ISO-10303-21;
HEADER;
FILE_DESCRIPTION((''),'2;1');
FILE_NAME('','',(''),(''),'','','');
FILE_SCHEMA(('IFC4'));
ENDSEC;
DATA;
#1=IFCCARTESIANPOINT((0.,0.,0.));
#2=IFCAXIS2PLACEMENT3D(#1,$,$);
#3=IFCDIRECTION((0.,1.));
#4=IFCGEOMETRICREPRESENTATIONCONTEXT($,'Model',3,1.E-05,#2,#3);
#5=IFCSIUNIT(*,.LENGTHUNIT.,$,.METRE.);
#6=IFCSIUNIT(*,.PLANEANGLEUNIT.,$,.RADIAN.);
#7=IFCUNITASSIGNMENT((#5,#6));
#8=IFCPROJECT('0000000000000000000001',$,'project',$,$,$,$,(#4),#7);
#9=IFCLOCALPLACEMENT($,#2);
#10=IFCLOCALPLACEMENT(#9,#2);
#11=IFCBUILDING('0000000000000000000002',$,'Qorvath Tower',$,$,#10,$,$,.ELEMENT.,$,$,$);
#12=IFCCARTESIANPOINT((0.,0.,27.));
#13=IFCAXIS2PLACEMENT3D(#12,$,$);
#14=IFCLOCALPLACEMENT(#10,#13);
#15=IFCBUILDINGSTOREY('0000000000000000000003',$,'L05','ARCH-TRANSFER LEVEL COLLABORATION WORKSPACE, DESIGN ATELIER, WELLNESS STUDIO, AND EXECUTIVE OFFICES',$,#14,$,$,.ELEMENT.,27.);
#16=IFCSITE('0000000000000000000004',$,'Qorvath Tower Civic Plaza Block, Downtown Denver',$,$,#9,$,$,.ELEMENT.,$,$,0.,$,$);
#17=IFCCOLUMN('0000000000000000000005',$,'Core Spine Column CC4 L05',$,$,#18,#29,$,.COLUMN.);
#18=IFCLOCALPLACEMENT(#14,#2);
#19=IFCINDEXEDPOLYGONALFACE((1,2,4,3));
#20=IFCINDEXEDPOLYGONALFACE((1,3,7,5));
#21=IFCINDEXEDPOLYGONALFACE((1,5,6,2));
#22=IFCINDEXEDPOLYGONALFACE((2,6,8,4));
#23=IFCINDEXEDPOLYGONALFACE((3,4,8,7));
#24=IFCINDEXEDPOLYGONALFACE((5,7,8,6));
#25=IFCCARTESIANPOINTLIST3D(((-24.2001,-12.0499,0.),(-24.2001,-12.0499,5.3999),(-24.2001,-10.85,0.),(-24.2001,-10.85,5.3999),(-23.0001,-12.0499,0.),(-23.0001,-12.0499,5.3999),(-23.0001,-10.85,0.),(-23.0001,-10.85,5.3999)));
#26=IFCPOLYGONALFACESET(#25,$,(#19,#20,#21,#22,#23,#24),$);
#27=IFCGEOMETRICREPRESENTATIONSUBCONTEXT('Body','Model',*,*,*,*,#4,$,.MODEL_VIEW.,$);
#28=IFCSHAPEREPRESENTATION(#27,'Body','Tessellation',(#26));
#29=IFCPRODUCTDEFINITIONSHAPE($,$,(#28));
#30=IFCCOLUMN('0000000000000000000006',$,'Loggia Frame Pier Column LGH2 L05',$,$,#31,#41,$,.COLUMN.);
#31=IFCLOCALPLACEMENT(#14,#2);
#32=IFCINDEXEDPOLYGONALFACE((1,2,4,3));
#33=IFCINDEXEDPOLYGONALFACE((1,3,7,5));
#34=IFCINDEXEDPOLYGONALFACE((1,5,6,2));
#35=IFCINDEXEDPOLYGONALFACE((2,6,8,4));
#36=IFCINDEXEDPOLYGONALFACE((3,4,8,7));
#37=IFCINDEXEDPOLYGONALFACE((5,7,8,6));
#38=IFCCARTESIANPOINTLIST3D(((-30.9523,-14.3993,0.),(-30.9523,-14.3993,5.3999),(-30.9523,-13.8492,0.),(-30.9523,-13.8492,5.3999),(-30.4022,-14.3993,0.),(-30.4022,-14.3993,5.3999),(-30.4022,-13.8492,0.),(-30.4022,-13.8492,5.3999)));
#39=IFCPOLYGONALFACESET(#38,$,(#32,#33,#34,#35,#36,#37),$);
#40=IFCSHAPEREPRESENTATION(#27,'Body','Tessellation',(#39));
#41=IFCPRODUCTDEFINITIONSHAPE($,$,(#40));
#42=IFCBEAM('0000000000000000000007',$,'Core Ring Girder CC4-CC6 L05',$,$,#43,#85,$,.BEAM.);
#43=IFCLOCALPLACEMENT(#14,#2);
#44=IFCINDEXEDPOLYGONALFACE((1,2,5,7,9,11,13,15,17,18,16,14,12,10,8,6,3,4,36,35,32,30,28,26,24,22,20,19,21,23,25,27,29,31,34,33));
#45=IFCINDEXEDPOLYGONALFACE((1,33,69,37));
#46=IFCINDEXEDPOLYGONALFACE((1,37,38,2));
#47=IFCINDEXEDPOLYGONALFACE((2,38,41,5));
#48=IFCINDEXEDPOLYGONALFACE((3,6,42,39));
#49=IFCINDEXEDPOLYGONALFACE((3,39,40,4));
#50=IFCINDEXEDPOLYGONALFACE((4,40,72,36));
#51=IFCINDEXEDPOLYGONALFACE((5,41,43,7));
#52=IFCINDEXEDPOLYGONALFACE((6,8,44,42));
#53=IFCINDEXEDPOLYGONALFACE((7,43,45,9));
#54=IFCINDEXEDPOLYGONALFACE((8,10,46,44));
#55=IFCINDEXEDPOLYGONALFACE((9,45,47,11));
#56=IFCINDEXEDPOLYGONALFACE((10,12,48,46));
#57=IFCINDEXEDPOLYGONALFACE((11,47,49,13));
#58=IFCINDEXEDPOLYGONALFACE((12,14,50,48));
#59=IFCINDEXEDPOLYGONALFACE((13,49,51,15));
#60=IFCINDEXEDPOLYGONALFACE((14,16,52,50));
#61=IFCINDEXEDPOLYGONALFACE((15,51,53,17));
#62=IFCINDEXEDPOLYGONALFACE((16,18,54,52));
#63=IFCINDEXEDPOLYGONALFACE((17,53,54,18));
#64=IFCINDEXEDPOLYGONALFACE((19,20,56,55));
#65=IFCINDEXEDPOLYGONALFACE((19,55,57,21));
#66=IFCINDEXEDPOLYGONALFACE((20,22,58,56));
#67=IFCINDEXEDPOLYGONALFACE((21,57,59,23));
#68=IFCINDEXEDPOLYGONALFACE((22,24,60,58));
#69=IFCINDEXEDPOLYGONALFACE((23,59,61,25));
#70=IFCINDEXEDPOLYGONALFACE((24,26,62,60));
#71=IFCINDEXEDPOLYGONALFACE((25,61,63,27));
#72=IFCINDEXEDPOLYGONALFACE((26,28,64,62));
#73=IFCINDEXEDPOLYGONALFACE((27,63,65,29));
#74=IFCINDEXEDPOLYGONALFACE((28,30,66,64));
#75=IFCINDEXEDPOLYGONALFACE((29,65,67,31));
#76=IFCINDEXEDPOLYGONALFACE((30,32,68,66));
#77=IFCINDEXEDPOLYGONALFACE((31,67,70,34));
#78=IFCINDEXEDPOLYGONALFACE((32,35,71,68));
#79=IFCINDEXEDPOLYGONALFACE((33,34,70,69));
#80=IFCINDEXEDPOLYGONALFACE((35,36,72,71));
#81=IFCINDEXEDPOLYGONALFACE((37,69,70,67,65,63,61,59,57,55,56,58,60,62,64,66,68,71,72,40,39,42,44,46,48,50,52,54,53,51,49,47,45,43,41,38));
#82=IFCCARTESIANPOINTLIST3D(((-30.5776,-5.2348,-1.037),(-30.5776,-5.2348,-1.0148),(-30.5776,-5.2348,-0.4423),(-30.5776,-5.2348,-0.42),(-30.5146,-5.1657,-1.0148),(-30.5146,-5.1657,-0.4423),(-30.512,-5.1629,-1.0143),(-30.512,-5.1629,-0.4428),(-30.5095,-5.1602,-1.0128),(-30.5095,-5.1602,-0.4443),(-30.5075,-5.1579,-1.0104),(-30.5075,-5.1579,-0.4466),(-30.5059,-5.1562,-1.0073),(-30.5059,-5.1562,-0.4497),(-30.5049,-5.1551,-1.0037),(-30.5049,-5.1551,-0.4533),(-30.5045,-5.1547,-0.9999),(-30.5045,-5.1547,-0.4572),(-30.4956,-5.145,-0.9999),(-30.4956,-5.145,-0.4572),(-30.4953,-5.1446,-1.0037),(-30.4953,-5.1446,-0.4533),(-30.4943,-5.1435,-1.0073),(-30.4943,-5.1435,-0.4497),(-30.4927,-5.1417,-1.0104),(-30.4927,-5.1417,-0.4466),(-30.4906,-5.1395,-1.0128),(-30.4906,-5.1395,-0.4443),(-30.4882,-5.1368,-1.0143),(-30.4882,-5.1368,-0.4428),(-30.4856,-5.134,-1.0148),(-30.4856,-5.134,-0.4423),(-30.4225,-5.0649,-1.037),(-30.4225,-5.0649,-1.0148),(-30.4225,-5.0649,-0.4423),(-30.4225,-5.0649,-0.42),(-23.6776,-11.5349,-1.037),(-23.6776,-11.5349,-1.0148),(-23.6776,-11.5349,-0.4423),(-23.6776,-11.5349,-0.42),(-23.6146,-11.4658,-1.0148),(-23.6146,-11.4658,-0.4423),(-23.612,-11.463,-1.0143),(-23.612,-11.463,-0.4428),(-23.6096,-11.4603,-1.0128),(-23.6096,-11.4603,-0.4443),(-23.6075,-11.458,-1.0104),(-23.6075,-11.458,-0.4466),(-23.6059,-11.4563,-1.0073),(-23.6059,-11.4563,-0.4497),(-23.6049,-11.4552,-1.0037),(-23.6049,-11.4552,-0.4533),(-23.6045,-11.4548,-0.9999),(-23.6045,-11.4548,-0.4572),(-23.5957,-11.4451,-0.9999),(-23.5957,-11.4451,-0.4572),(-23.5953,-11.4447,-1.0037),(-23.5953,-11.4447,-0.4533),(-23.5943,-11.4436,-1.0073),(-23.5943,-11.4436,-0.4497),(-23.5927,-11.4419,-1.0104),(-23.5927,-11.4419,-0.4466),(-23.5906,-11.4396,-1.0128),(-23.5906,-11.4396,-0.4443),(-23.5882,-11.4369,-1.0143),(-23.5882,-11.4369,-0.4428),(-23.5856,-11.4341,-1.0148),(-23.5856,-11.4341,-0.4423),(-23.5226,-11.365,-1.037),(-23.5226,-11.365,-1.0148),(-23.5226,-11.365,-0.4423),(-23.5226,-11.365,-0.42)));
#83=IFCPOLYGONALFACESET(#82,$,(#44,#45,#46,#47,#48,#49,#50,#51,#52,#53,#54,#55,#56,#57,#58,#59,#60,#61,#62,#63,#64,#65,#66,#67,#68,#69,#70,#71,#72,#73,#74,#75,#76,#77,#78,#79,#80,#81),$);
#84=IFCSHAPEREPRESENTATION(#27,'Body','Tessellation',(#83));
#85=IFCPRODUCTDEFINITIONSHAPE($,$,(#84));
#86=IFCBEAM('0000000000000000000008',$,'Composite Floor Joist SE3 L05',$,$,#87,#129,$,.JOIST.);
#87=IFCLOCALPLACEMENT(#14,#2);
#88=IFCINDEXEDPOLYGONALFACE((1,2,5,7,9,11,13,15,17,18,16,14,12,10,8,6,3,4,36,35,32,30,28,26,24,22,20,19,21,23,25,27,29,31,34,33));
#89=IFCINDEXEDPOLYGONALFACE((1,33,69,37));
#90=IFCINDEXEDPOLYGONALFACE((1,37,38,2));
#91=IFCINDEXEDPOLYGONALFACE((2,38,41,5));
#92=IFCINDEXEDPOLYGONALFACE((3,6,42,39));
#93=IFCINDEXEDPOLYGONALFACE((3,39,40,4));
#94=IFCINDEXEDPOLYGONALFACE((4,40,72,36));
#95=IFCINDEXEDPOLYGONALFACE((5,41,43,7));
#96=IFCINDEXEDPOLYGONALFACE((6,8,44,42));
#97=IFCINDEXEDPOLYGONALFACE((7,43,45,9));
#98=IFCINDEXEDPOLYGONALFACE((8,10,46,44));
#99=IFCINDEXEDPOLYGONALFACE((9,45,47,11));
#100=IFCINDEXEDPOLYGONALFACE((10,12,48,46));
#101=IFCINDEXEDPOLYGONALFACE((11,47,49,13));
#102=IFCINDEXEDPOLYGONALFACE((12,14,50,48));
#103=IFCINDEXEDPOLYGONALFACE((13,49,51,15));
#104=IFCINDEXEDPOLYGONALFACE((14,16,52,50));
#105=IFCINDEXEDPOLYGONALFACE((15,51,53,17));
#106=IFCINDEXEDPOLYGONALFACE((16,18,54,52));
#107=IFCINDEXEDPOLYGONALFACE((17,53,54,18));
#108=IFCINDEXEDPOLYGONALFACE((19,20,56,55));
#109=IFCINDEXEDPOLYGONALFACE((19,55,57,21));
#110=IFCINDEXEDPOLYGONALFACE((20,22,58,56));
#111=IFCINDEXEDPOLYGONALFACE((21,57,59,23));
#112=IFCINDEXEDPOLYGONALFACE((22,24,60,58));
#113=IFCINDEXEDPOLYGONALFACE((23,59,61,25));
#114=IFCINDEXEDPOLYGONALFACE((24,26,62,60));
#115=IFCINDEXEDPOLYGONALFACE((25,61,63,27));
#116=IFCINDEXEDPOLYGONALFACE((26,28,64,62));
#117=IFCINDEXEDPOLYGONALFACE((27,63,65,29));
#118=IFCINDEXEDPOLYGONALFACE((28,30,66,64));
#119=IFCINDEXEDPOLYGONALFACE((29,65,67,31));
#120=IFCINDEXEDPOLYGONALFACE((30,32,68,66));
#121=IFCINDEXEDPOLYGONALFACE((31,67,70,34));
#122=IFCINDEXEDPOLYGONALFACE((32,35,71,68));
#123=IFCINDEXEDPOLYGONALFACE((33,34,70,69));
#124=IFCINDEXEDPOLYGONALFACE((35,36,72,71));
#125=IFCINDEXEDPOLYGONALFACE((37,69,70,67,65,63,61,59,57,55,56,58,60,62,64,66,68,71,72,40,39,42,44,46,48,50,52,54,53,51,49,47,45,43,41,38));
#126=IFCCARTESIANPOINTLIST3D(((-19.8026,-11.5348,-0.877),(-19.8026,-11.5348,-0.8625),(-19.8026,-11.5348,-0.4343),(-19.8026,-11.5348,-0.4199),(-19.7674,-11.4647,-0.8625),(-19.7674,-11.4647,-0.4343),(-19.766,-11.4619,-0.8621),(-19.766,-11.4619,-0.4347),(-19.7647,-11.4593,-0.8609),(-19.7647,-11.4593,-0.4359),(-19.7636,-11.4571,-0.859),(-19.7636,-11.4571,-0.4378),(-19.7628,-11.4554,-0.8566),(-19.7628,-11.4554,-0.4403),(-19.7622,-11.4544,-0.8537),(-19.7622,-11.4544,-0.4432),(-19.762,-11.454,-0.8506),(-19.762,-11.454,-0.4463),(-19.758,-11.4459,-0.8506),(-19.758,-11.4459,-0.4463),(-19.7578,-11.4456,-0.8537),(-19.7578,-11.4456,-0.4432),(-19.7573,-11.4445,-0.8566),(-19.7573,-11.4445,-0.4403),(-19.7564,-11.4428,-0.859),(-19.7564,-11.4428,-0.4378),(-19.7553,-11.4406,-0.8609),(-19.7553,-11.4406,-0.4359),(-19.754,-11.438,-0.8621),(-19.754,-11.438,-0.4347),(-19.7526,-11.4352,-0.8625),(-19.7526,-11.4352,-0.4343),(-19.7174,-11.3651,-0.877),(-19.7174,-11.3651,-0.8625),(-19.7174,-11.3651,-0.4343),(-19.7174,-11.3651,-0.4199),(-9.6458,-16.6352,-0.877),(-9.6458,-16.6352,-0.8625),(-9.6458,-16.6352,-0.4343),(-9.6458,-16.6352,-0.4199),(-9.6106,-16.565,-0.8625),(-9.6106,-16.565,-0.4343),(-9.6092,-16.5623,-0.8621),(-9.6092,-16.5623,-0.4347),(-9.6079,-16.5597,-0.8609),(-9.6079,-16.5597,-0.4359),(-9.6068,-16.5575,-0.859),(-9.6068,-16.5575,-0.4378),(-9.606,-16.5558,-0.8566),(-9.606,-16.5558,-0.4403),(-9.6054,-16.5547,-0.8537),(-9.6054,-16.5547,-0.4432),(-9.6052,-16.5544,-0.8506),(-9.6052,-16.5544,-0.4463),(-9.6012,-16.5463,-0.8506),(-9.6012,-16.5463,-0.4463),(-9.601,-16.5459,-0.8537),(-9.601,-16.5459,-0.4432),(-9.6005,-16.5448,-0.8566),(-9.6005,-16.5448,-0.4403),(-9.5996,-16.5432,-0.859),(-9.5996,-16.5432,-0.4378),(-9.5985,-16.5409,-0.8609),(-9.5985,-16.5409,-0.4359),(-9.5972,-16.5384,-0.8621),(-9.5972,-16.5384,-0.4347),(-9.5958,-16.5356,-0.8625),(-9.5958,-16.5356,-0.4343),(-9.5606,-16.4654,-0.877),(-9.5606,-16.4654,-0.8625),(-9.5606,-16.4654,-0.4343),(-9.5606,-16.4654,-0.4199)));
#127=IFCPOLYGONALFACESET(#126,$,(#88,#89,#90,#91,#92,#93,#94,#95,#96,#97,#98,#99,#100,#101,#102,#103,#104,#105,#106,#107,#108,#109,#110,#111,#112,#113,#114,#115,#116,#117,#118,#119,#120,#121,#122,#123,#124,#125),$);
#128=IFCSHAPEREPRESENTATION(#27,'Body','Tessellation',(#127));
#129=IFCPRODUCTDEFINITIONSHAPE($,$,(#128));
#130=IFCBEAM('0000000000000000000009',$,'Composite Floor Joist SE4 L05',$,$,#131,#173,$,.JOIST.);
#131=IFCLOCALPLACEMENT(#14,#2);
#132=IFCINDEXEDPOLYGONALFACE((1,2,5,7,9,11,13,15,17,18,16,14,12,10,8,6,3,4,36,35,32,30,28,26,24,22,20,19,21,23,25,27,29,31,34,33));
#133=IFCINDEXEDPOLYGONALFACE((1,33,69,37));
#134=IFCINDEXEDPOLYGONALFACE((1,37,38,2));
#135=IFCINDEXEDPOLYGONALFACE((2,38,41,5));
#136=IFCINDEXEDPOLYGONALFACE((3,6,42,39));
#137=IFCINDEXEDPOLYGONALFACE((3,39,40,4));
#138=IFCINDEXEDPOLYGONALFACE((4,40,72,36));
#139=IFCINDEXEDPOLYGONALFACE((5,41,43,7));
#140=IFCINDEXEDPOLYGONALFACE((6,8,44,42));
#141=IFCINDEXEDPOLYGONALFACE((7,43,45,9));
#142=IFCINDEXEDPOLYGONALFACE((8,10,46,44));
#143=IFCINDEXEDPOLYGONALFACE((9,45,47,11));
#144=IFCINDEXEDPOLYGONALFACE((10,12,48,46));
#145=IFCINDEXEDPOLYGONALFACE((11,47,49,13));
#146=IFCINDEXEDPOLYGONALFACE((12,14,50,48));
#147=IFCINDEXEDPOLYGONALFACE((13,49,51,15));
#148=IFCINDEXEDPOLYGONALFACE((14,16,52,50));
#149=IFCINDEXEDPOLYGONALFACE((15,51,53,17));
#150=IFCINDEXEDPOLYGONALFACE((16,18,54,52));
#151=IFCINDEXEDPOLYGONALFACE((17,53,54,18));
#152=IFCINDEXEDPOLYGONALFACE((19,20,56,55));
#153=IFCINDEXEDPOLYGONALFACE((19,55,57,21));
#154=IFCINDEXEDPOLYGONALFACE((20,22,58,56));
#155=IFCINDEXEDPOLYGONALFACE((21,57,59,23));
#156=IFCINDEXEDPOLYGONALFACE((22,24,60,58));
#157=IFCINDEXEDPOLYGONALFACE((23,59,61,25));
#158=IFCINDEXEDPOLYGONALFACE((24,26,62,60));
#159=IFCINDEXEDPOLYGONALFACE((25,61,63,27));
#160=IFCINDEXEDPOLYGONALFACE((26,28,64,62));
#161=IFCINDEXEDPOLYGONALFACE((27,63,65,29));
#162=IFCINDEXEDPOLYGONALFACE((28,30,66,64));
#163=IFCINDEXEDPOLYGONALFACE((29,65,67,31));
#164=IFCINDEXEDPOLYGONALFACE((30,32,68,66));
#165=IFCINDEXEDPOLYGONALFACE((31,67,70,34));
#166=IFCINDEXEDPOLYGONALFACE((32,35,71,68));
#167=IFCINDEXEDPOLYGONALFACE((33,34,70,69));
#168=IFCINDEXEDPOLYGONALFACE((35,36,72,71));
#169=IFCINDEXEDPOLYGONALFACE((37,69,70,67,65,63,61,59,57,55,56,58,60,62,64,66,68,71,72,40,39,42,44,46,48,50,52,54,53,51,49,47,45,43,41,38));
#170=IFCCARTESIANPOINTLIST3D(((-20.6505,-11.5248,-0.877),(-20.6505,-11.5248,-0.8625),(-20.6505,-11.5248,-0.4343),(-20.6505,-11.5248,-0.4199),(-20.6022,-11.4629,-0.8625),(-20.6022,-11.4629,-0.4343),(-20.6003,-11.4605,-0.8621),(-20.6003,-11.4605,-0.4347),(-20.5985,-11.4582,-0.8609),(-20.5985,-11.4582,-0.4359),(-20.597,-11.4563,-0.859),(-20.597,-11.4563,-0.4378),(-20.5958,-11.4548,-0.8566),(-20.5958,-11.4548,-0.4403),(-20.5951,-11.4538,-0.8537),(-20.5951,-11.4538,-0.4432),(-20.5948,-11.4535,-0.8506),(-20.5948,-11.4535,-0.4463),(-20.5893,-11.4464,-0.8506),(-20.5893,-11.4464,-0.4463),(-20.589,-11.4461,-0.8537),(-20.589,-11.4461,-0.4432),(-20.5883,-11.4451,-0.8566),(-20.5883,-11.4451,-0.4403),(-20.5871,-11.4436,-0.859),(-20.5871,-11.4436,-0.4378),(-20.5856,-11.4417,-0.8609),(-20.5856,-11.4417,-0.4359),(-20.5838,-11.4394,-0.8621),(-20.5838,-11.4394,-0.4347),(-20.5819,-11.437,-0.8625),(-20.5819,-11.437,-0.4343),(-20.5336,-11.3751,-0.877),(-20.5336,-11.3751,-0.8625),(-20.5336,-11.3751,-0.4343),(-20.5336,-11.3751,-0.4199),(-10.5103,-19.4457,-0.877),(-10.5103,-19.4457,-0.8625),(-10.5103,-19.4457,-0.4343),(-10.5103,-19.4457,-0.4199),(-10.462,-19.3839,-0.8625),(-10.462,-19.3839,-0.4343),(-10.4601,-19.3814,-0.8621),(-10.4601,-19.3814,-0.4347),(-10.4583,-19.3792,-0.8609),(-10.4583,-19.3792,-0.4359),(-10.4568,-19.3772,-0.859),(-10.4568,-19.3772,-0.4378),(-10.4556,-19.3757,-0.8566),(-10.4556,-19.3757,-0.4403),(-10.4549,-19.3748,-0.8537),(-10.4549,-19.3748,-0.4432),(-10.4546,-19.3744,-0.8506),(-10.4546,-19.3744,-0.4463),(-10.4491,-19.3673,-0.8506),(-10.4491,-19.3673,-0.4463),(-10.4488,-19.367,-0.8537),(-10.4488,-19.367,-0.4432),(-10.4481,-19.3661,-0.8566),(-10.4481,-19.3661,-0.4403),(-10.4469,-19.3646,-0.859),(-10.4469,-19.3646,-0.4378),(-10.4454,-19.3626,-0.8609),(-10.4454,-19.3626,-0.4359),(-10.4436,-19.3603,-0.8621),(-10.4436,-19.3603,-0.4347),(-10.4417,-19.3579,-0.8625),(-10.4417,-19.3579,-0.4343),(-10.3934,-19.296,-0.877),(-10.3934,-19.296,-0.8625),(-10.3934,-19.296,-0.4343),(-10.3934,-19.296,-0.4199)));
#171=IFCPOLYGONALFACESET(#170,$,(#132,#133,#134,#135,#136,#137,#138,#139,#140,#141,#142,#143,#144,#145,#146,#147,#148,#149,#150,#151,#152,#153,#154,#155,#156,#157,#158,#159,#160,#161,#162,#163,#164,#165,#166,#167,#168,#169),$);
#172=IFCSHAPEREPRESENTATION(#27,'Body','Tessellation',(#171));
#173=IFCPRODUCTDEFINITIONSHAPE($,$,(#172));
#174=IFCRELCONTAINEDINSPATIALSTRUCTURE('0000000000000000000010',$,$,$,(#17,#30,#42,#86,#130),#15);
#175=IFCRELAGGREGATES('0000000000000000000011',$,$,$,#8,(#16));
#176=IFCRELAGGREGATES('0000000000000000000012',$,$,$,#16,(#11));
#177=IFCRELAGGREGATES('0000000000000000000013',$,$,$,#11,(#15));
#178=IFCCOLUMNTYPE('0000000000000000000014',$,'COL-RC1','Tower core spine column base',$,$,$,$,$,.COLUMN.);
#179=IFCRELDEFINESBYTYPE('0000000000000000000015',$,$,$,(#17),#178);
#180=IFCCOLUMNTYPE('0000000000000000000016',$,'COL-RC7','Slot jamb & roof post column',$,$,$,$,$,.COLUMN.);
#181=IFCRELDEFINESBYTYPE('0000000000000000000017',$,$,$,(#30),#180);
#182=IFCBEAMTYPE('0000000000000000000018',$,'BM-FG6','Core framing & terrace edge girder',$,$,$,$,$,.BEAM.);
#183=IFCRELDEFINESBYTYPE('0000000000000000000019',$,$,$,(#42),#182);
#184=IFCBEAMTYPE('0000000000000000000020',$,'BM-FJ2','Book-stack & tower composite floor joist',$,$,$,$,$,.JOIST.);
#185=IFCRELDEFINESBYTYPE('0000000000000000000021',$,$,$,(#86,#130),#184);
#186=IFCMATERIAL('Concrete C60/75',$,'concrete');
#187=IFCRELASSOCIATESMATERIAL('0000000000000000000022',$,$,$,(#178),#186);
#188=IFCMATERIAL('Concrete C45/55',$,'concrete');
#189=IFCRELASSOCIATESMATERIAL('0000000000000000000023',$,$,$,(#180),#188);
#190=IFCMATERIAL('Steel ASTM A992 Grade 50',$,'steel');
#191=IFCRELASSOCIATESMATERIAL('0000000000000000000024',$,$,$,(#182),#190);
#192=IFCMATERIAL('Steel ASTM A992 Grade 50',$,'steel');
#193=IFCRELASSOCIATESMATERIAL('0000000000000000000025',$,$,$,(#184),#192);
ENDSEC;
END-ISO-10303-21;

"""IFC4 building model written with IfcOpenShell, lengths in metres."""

from ifc_helpers import new_model, si_unit, direction, frame, origin, origin_2d, place, context, subcontext, project, spatial, rectangle, i_section, extrude, material, material_profile, profile_set, type_object, element, save


model = new_model("IFC4")

# Units and contexts
model_context = context("Model", 3, precision=1e-05, world=origin(), true_north=direction((0.0, 1.0)))
body_context = subcontext(model_context, "Body", "Model", "MODEL_VIEW")
ifc_project = project(units=[si_unit("LENGTHUNIT", "METRE"), si_unit("PLANEANGLEUNIT", "RADIAN")], contexts=[model_context])

# Site, building, storey
site_placement = place(None, origin())
site = spatial("IfcSite", under=ifc_project, at=site_placement, Name="Qorvath Tower Civic Plaza Block, Downtown Denver", CompositionType="ELEMENT", RefElevation=0.0)
building_placement = place(site_placement, origin())
building = spatial("IfcBuilding", under=site, at=building_placement, Name="Qorvath Tower", CompositionType="ELEMENT")
storey_placement = place(building_placement, frame((0.0, 0.0, 27.0)))
storey = spatial("IfcBuildingStorey", under=building, at=storey_placement, Name="L05", Description="ARCH-TRANSFER LEVEL COLLABORATION WORKSPACE, DESIGN ATELIER, WELLNESS STUDIO, AND EXECUTIVE OFFICES", CompositionType="ELEMENT", Elevation=27.0)

# Columns
ifc_material_1 = material(Name="Concrete C60/75", Category="concrete")
ifc_material_profile_1 = material_profile(ifc_material_1, rectangle(XDim=1.2, YDim=1.2, at=origin_2d()), Name="RC 1200x1200")
ifc_profile_set_1 = profile_set([ifc_material_profile_1], Name="Concrete C60/75")
column_type_1 = type_object("IfcColumnType", Name="COL-RC1", Description="Tower core spine column base", PredefinedType="COLUMN", material=ifc_profile_set_1)
column_1_placement = place(storey_placement, frame((-23.6001, -11.45, 0.0), z_axis=(0.0, 0.0, 1.0), x_axis=(1.0, 0.0, 0.0)))
element("IfcColumn", 1, at=column_1_placement, inside=storey, type_object=column_type_1, Name="Core Spine Column CC4 L05", PredefinedType="COLUMN", context=body_context, shape_type="SweptSolid", body=[
    extrude(rectangle(XDim=1.2, YDim=1.2, at=origin_2d()), origin(), (0.0, 0.0, 1.0), 5.3999),
])
ifc_material_2 = material(Name="Concrete C45/55", Category="concrete")
ifc_material_profile_2 = material_profile(ifc_material_2, rectangle(XDim=0.55, YDim=0.55, at=origin_2d()), Name="RC 550x550")
ifc_profile_set_2 = profile_set([ifc_material_profile_2], Name="Concrete C45/55")
column_type_2 = type_object("IfcColumnType", Name="COL-RC7", Description="Slot jamb & roof post column", PredefinedType="COLUMN", material=ifc_profile_set_2)
column_2_placement = place(storey_placement, frame((-30.6772, -14.1243, 0.0), z_axis=(0.0, 0.0, 1.0), x_axis=(1.0, 0.0, 0.0)))
element("IfcColumn", 2, at=column_2_placement, inside=storey, type_object=column_type_2, Name="Loggia Frame Pier Column LGH2 L05", PredefinedType="COLUMN", context=body_context, shape_type="SweptSolid", body=[
    extrude(rectangle(XDim=0.55, YDim=0.55, at=origin_2d()), origin(), (0.0, 0.0, 1.0), 5.3999),
])

# Beams
ifc_material_3 = material(Name="Steel ASTM A992 Grade 50", Category="steel")
ifc_material_profile_3 = material_profile(ifc_material_3, i_section(OverallWidth=0.23, OverallDepth=0.6169, WebThickness=0.0132, FlangeThickness=0.0222, FilletRadius=0.0149, at=origin_2d()), Name="W24x94")
ifc_profile_set_3 = profile_set([ifc_material_profile_3], Name="Steel ASTM A992 Grade 50")
beam_type_1 = type_object("IfcBeamType", Name="BM-FG6", Description="Core framing & terrace edge girder", PredefinedType="BEAM", material=ifc_profile_set_3)
beam_1_placement = place(storey_placement, frame((-23.6001, -11.45, -0.7285), z_axis=(-0.738478, 0.674277, 0.0), x_axis=(-0.674277, -0.738478, 0.0)))
element("IfcBeam", 3, at=beam_1_placement, inside=storey, type_object=beam_type_1, Name="Core Ring Girder CC4-CC6 L05", PredefinedType="BEAM", context=body_context, shape_type="SweptSolid", body=[
    extrude(i_section(OverallWidth=0.23, OverallDepth=0.6169, WebThickness=0.0132, FlangeThickness=0.0222, FilletRadius=0.0149, at=origin_2d()), origin(), (0.0, 0.0, 1.0), 9.3435),
])
ifc_material_4 = material(Name="Steel ASTM A992 Grade 50", Category="steel")
ifc_material_profile_4 = material_profile(ifc_material_4, i_section(OverallWidth=0.1899, OverallDepth=0.457, WebThickness=0.009, FlangeThickness=0.0144, FilletRadius=0.012, at=origin_2d()), Name="W18x50")
ifc_profile_set_4 = profile_set([ifc_material_profile_4], Name="Steel ASTM A992 Grade 50")
beam_type_2 = type_object("IfcBeamType", Name="BM-FJ2", Description="Book-stack & tower composite floor joist", PredefinedType="JOIST", material=ifc_profile_set_4)
beam_2_placement = place(storey_placement, frame((-19.76, -11.45, -0.6484), z_axis=(0.893653, -0.44876, 0.0), x_axis=(0.44876, 0.893653, 0.0)))
element("IfcBeam", 4, at=beam_2_placement, inside=storey, type_object=beam_type_2, Name="Composite Floor Joist SE3 L05", PredefinedType="JOIST", context=body_context, shape_type="SweptSolid", body=[
    extrude(i_section(OverallWidth=0.1899, OverallDepth=0.457, WebThickness=0.009, FlangeThickness=0.0144, FilletRadius=0.012, at=origin_2d()), origin(), (0.0, 0.0, 1.0), 11.3655),
])
beam_3_placement = place(storey_placement, frame((-20.592, -11.45, -0.6484), z_axis=(0.788065, -0.615592, 0.0), x_axis=(0.615592, 0.788065, 0.0)))
element("IfcBeam", 5, at=beam_3_placement, inside=storey, type_object=beam_type_2, Name="Composite Floor Joist SE4 L05", PredefinedType="JOIST", context=body_context, shape_type="SweptSolid", body=[
    extrude(i_section(OverallWidth=0.1899, OverallDepth=0.457, WebThickness=0.009, FlangeThickness=0.0144, FilletRadius=0.012, at=origin_2d()), origin(), (0.0, 0.0, 1.0), 12.8672),
])

save(model, "model.ifc")
